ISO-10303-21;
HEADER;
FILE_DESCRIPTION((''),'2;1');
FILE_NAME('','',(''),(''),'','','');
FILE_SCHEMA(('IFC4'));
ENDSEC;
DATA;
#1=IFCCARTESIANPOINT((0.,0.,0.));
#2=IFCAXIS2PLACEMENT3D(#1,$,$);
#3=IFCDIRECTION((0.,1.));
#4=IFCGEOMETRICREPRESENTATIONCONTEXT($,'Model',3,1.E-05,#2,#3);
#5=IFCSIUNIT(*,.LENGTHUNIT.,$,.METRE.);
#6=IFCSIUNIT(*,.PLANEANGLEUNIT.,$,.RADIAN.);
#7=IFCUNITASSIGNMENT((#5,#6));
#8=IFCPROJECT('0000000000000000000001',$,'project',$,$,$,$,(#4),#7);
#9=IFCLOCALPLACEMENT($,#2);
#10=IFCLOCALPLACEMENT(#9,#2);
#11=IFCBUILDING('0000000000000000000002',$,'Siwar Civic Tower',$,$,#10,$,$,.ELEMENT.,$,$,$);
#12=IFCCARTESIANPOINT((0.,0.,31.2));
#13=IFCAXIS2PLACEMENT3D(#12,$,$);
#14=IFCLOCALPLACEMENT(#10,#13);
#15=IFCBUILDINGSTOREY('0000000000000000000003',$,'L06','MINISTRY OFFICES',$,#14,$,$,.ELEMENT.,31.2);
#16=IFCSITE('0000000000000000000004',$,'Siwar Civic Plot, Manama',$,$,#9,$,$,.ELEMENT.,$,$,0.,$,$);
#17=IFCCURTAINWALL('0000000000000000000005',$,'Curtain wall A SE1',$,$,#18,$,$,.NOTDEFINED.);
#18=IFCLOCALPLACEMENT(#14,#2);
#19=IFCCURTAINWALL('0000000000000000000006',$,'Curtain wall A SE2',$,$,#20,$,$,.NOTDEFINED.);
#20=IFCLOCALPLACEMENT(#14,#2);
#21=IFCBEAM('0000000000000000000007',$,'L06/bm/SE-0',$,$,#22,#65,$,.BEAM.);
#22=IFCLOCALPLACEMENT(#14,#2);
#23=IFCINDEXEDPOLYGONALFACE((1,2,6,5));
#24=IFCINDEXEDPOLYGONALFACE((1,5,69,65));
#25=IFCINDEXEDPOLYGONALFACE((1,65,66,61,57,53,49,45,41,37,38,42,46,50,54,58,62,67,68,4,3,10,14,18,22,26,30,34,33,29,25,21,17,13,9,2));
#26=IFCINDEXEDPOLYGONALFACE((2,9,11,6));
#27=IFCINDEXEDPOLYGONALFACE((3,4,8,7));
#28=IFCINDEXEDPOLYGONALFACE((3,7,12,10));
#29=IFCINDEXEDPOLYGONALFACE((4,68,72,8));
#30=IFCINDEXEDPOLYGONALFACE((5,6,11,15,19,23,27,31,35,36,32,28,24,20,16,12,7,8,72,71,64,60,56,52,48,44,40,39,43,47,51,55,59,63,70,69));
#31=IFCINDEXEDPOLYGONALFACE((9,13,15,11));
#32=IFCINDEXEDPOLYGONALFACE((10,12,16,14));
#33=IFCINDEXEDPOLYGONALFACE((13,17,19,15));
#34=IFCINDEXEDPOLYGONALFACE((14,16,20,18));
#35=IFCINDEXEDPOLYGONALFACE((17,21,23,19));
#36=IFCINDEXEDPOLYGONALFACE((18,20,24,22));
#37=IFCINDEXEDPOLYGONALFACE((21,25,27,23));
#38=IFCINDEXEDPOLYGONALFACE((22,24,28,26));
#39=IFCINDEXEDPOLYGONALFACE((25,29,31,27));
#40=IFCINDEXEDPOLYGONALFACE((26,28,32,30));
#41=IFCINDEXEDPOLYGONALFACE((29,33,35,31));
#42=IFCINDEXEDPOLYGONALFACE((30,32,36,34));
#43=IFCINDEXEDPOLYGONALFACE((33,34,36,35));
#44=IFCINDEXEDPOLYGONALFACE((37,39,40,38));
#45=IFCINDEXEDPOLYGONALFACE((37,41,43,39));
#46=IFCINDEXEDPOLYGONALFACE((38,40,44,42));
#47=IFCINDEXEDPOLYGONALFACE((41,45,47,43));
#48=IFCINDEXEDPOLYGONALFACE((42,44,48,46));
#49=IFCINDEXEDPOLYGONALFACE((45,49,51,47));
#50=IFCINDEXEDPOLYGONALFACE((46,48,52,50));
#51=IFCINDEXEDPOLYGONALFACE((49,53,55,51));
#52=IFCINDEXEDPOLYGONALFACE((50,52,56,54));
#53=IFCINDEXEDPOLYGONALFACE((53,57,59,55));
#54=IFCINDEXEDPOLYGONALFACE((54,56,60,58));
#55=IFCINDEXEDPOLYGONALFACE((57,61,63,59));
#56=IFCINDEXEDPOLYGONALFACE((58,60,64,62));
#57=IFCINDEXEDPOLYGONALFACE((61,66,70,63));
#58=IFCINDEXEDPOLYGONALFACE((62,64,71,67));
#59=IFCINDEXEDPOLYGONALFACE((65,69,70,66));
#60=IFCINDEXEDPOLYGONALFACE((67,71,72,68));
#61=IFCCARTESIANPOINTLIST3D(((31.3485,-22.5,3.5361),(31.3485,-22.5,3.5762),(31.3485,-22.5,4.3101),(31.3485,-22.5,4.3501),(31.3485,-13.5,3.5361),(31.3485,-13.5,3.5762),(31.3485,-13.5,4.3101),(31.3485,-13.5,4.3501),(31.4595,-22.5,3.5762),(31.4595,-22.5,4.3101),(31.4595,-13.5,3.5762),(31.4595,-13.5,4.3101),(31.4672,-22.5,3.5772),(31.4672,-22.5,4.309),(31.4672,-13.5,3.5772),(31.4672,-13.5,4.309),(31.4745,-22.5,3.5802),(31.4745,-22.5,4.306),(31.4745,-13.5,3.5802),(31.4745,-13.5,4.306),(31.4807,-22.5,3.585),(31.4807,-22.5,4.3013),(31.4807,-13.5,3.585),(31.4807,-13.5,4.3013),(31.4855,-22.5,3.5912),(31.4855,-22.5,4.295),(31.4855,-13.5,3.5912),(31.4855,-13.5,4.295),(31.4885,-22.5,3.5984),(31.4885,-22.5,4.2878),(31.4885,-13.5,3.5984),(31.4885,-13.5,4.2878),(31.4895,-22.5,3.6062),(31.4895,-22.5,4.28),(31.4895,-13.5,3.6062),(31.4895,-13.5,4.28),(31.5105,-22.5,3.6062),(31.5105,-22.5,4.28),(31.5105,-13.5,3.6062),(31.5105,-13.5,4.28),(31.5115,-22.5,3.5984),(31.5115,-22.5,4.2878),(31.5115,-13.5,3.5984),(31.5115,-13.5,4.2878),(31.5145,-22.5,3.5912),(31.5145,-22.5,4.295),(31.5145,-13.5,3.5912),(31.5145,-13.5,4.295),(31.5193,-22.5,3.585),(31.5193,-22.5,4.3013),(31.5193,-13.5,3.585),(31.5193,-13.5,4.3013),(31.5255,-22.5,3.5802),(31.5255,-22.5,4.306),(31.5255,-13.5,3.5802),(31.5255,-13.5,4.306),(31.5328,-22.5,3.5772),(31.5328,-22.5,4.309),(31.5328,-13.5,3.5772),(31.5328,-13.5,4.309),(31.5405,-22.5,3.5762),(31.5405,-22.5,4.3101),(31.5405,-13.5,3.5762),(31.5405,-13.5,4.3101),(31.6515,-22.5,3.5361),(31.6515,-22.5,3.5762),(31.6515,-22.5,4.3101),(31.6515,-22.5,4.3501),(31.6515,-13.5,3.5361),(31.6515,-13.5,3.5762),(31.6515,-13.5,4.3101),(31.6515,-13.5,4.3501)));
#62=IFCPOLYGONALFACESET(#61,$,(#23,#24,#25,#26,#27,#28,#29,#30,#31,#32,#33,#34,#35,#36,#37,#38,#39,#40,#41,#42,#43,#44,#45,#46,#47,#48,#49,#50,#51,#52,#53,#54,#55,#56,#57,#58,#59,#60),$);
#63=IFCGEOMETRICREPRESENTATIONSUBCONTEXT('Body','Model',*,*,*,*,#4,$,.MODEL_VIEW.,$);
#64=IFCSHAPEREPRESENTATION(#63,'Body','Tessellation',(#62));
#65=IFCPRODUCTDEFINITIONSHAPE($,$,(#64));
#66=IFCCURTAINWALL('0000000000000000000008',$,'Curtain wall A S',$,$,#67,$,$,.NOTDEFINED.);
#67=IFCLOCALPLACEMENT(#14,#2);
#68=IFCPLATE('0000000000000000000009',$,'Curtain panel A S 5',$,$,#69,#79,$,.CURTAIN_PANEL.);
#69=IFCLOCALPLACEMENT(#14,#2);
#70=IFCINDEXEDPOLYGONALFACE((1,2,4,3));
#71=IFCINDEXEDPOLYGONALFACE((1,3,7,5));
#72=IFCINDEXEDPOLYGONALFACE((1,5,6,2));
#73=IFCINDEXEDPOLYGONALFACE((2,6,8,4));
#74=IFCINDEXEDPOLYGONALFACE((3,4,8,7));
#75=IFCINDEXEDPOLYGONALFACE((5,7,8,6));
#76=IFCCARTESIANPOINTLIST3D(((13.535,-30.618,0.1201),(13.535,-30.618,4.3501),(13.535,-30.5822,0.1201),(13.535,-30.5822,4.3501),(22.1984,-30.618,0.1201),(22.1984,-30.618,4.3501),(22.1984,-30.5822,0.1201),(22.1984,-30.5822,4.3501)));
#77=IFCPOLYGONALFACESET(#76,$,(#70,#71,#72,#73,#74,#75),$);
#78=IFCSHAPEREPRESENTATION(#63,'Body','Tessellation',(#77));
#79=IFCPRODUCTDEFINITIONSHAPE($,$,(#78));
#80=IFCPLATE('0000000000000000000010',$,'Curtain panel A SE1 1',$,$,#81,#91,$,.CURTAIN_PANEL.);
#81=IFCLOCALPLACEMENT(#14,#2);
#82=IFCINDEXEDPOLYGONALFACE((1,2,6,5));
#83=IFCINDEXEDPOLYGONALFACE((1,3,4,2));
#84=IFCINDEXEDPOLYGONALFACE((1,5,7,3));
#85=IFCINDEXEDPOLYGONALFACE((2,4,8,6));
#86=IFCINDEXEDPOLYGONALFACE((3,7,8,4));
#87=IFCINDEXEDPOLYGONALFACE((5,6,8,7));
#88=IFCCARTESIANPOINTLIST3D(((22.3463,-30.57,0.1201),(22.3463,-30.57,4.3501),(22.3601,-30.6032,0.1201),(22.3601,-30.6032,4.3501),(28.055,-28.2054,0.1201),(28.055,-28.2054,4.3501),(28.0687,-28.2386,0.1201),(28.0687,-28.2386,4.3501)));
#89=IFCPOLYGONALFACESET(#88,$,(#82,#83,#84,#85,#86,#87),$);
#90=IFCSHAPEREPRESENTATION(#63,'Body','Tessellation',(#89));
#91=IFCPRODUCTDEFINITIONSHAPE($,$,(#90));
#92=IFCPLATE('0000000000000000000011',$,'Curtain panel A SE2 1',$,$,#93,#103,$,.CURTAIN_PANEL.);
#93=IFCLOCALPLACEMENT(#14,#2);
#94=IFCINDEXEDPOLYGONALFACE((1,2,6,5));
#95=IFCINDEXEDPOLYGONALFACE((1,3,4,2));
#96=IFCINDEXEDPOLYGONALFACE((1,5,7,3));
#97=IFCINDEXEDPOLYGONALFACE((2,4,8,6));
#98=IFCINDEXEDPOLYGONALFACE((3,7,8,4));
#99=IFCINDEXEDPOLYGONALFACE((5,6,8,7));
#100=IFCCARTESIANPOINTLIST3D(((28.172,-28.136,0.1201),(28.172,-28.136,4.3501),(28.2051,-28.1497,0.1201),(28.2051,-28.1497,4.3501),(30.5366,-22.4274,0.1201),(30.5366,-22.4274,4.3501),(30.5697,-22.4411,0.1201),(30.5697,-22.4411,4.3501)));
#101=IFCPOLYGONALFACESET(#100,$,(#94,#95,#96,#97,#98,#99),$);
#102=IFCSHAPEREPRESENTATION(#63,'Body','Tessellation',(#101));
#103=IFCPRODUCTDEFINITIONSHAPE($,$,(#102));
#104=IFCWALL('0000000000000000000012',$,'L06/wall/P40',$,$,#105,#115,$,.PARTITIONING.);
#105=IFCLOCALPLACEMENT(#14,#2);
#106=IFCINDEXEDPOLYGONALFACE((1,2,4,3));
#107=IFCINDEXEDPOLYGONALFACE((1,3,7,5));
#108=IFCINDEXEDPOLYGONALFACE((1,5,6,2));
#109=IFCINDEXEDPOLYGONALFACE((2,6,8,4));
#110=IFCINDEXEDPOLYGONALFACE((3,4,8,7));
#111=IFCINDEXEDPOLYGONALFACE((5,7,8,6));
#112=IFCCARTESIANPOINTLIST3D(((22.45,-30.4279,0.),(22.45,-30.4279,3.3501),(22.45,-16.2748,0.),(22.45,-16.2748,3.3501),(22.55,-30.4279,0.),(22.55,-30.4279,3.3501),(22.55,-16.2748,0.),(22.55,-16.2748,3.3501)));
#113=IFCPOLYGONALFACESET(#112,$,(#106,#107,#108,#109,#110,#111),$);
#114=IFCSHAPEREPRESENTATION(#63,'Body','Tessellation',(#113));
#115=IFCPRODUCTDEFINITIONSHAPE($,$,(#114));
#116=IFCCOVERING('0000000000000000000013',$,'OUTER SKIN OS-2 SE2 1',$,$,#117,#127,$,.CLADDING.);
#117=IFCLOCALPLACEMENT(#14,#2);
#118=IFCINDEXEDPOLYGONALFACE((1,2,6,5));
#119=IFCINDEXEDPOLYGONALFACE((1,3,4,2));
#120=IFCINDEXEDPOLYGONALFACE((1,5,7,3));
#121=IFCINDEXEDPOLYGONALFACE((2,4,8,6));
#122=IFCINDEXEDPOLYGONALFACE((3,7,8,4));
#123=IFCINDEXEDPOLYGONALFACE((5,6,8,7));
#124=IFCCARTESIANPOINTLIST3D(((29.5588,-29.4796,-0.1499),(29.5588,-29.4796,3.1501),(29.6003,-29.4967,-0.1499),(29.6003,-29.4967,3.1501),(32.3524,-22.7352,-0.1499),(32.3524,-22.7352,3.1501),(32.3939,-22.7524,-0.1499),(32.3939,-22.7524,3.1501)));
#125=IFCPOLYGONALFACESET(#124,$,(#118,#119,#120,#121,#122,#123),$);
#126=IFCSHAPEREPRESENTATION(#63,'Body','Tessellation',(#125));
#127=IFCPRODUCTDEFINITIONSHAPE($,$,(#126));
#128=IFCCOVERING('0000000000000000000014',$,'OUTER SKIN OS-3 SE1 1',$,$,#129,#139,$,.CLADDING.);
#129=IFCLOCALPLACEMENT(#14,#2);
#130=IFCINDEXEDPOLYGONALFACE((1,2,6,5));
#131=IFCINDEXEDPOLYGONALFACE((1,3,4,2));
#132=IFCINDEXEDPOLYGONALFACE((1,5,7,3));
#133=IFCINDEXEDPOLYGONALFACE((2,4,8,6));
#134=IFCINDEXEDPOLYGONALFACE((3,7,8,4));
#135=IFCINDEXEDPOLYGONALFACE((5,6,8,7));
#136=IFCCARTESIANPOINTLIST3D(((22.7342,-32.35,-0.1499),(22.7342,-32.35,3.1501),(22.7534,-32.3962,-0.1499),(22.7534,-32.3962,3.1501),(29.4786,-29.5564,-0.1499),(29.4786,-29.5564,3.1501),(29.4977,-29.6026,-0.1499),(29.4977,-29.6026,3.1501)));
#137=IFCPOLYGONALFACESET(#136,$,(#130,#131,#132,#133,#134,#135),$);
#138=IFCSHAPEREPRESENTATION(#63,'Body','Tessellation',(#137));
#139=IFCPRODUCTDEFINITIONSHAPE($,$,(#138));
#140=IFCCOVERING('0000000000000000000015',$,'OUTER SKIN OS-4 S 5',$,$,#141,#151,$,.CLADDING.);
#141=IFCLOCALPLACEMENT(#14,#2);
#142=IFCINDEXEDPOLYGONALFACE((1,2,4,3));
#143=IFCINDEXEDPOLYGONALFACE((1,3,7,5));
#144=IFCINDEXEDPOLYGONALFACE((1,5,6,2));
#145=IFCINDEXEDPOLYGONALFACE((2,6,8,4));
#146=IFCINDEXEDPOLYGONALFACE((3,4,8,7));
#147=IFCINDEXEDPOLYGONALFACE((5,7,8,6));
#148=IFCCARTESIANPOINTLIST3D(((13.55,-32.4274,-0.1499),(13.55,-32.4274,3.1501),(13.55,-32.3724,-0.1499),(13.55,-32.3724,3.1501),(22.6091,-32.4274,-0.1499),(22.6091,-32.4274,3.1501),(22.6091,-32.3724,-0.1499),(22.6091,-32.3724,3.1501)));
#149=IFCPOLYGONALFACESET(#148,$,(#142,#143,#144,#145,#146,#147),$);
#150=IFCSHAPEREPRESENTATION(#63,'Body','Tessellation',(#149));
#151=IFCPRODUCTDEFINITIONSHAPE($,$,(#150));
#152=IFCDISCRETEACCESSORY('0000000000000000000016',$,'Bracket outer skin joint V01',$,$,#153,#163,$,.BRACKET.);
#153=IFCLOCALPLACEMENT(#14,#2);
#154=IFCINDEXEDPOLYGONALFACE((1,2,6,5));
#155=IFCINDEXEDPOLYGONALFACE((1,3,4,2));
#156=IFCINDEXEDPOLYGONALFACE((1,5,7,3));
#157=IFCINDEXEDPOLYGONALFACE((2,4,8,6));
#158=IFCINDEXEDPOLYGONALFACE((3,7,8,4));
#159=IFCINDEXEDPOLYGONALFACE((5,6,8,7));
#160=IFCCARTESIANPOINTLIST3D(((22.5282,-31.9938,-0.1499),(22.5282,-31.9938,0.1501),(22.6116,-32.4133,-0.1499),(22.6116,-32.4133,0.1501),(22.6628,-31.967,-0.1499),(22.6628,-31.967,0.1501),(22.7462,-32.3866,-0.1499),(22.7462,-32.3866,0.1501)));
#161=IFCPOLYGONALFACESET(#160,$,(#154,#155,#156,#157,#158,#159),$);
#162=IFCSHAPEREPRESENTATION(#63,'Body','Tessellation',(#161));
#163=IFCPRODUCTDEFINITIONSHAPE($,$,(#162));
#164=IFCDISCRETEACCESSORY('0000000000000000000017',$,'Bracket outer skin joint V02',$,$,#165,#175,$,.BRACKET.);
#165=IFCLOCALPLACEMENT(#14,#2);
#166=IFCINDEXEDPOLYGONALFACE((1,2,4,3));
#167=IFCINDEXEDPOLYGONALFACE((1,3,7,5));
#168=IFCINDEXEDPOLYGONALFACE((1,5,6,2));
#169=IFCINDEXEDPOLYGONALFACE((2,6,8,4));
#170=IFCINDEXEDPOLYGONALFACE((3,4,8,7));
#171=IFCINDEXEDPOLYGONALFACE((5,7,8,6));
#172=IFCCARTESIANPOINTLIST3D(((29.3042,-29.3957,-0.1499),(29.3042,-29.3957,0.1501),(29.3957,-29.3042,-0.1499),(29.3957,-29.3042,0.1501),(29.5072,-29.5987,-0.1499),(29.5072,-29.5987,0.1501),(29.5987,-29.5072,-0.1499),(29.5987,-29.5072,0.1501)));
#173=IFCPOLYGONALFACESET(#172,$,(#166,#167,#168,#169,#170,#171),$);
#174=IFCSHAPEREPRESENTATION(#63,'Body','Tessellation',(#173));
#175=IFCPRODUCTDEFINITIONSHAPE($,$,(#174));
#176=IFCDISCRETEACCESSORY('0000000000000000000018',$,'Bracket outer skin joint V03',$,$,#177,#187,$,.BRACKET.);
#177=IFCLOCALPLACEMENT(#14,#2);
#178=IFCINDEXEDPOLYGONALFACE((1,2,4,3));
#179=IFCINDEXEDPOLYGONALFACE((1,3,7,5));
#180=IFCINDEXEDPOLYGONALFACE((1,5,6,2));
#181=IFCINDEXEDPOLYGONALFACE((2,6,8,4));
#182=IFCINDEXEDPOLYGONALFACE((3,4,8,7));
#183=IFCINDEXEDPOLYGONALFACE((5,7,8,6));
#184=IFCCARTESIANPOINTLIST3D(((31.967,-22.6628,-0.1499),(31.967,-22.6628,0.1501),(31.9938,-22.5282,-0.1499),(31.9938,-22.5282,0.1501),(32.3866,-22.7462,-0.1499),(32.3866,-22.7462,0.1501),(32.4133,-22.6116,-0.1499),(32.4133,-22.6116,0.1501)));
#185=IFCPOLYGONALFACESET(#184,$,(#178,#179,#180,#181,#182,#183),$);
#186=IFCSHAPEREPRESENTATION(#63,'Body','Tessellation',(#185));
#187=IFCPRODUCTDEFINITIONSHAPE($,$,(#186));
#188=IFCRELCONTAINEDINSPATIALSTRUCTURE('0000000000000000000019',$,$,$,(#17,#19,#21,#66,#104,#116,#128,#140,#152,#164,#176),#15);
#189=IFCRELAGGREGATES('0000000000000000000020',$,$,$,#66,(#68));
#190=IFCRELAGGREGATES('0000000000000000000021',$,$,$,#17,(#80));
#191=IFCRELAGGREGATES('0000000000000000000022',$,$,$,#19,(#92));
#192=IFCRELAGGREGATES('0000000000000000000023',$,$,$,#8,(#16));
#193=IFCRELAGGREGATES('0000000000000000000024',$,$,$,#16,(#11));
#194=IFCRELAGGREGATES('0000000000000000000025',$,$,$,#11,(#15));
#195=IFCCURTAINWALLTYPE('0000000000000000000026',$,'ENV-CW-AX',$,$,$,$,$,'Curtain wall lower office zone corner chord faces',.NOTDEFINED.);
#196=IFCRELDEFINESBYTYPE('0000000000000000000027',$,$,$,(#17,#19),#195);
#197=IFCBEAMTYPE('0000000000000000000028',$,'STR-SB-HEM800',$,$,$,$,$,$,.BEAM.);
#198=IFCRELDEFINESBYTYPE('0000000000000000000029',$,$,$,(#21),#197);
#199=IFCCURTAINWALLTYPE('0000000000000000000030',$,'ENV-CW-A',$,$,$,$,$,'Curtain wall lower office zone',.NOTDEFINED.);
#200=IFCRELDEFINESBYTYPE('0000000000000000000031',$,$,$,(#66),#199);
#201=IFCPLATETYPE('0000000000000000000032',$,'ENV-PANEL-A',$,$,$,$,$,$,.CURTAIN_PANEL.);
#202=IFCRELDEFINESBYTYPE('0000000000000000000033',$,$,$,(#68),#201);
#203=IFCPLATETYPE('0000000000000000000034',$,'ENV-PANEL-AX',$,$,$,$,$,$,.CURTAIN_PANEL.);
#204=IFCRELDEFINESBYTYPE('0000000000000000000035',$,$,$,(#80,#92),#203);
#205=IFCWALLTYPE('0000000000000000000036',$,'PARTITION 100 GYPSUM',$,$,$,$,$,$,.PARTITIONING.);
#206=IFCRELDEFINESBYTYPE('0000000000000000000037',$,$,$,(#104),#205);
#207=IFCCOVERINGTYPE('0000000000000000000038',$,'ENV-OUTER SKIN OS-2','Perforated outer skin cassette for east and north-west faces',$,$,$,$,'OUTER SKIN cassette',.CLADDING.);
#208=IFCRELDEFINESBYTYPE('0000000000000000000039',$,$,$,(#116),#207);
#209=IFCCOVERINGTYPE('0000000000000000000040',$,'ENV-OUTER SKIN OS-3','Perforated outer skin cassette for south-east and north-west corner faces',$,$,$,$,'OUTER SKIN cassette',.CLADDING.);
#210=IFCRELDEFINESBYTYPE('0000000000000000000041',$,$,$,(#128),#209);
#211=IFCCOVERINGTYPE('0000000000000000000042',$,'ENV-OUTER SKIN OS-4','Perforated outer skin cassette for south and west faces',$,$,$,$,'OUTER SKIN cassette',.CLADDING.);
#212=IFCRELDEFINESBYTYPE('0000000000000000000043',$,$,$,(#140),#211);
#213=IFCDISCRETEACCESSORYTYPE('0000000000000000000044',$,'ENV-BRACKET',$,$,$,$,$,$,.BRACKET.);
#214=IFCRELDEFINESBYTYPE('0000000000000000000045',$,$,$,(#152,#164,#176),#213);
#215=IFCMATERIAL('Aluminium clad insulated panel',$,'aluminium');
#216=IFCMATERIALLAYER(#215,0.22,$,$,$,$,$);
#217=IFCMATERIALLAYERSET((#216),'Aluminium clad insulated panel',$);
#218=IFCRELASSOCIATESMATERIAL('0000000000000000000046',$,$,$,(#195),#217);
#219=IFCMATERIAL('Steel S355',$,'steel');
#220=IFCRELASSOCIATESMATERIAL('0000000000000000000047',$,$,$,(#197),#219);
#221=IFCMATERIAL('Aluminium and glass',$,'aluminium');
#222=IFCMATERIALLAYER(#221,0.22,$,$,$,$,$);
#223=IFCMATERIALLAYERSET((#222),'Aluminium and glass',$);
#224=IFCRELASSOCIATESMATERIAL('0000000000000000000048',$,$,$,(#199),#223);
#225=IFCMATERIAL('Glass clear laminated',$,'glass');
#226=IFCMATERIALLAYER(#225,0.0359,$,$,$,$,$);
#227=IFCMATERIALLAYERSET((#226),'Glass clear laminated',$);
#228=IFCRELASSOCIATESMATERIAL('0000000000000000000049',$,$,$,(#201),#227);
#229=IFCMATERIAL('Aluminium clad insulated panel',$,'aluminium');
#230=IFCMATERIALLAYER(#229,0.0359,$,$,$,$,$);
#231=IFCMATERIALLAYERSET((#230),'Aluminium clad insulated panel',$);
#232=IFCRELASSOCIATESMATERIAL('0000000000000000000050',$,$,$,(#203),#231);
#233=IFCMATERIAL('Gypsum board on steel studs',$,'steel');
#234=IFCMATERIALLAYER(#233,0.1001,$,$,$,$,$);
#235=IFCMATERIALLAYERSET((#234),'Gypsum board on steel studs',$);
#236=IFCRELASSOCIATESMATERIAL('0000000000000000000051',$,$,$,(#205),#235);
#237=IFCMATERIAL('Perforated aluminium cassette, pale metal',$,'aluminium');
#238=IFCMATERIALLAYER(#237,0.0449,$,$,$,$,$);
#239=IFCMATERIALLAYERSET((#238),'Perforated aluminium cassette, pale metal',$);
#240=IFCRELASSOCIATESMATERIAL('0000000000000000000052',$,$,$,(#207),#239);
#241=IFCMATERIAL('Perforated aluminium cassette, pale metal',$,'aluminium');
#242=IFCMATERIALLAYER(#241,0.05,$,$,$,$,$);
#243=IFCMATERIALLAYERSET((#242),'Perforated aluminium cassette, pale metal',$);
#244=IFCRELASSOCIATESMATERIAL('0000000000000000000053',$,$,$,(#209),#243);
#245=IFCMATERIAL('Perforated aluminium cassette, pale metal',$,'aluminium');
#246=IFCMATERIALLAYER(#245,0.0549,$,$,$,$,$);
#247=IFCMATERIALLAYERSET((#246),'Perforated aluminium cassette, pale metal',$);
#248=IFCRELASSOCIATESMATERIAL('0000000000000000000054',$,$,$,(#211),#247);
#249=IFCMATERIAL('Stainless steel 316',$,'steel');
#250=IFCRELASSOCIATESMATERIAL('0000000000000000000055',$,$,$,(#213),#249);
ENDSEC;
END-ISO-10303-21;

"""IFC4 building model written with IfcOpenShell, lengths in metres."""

from ifc_helpers import new_model, si_unit, direction, frame, frame_2d, origin, origin_2d, place, context, subcontext, project, spatial, rectangle, i_section, extrude, material, layer, layer_set, material_profile, profile_set, type_object, element, aggregate, save


model = new_model("IFC4")

# Units and contexts
model_context = context("Model", 3, precision=1e-05, world=origin(), true_north=direction((0.0, 1.0)))
body_context = subcontext(model_context, "Body", "Model", "MODEL_VIEW")
ifc_project = project(units=[si_unit("LENGTHUNIT", "METRE"), si_unit("PLANEANGLEUNIT", "RADIAN")], contexts=[model_context])

# Site, building, storey
site_placement = place(None, origin())
site = spatial("IfcSite", under=ifc_project, at=site_placement, Name="Siwar Civic Plot, Manama", CompositionType="ELEMENT", RefElevation=0.0)
building_placement = place(site_placement, origin())
building = spatial("IfcBuilding", under=site, at=building_placement, Name="Siwar Civic Tower", CompositionType="ELEMENT")
storey_placement = place(building_placement, frame((0.0, 0.0, 31.2)))
storey = spatial("IfcBuildingStorey", under=building, at=storey_placement, Name="L06", Description="MINISTRY OFFICES", CompositionType="ELEMENT", Elevation=31.2)

# Curtain walls
ifc_material_1 = material(Name="Aluminium clad insulated panel", Category="aluminium")
ifc_layer_1 = layer(ifc_material_1, 0.22)
ifc_layer_set_1 = layer_set([ifc_layer_1], Name="Aluminium clad insulated panel")
curtain_wall_type_1 = type_object("IfcCurtainWallType", Name="ENV-CW-AX", ElementType="Curtain wall lower office zone corner chord faces", PredefinedType="NOTDEFINED", material=ifc_layer_set_1)
curtain_wall_1_placement = place(storey_placement, origin())
curtain_wall_1 = element("IfcCurtainWall", 1, at=curtain_wall_1_placement, inside=storey, type_object=curtain_wall_type_1, Name="Curtain wall A SE1", PredefinedType="NOTDEFINED")
curtain_wall_2_placement = place(storey_placement, origin())
curtain_wall_2 = element("IfcCurtainWall", 2, at=curtain_wall_2_placement, inside=storey, type_object=curtain_wall_type_1, Name="Curtain wall A SE2", PredefinedType="NOTDEFINED")

# Beam
ifc_material_2 = material(Name="Steel S355", Category="steel")
ifc_material_profile_1 = material_profile(ifc_material_2, i_section(OverallWidth=0.303, OverallDepth=0.814, WebThickness=0.021, FlangeThickness=0.04, FilletRadius=0.03, at=origin_2d()), Name="HEM800")
ifc_profile_set_1 = profile_set([ifc_material_profile_1], Name="Steel S355")
beam_type_1 = type_object("IfcBeamType", Name="STR-SB-HEM800", PredefinedType="BEAM", material=ifc_profile_set_1)
beam_1_placement = place(storey_placement, frame((31.5, -22.5, 3.9431), z_axis=(0.0, 1.0, 0.0), x_axis=(-1.0, 0.0, 0.0)))
element("IfcBeam", 3, at=beam_1_placement, inside=storey, type_object=beam_type_1, Name="L06/bm/SE-0", PredefinedType="BEAM", context=body_context, shape_type="SweptSolid", body=[
    extrude(i_section(OverallWidth=0.303, OverallDepth=0.814, WebThickness=0.021, FlangeThickness=0.04, FilletRadius=0.03, at=origin_2d()), origin(), (0.0, 0.0, 1.0), 9.0),
])

# Curtain wall, plate
ifc_material_3 = material(Name="Aluminium and glass", Category="aluminium")
ifc_layer_2 = layer(ifc_material_3, 0.22)
ifc_layer_set_2 = layer_set([ifc_layer_2], Name="Aluminium and glass")
curtain_wall_type_2 = type_object("IfcCurtainWallType", Name="ENV-CW-A", ElementType="Curtain wall lower office zone", PredefinedType="NOTDEFINED", material=ifc_layer_set_2)
curtain_wall_3_placement = place(storey_placement, origin())
curtain_wall_3 = element("IfcCurtainWall", 4, at=curtain_wall_3_placement, inside=storey, type_object=curtain_wall_type_2, Name="Curtain wall A S", PredefinedType="NOTDEFINED")
ifc_material_4 = material(Name="Glass clear laminated", Category="glass")
ifc_layer_3 = layer(ifc_material_4, 0.0359)
ifc_layer_set_3 = layer_set([ifc_layer_3], Name="Glass clear laminated")
plate_type_1 = type_object("IfcPlateType", Name="ENV-PANEL-A", PredefinedType="CURTAIN_PANEL", material=ifc_layer_set_3)
plate_1_placement = place(storey_placement, frame((17.8667, -30.6001, 0.1201), z_axis=(0.0, 0.0, 1.0), x_axis=(1.0, 0.0, 0.0)))
plate_1 = element("IfcPlate", 5, at=plate_1_placement, type_object=plate_type_1, Name="Curtain panel A S 5", PredefinedType="CURTAIN_PANEL", context=body_context, shape_type="SweptSolid", body=[
    extrude(rectangle(XDim=8.6633, YDim=0.0359, at=origin_2d()), origin(), (0.0, 0.0, 1.0), 4.23),
])
aggregate(curtain_wall_3, [plate_1])

# Plates
ifc_material_5 = material(Name="Aluminium clad insulated panel", Category="aluminium")
ifc_layer_4 = layer(ifc_material_5, 0.0359)
ifc_layer_set_4 = layer_set([ifc_layer_4], Name="Aluminium clad insulated panel")
plate_type_2 = type_object("IfcPlateType", Name="ENV-PANEL-AX", PredefinedType="CURTAIN_PANEL", material=ifc_layer_set_4)
plate_2_placement = place(storey_placement, frame((25.2075, -29.4043, 0.1201), z_axis=(0.0, 0.0, 1.0), x_axis=(0.92388, 0.382683, 0.0)))
plate_2 = element("IfcPlate", 6, at=plate_2_placement, type_object=plate_type_2, Name="Curtain panel A SE1 1", PredefinedType="CURTAIN_PANEL", context=body_context, shape_type="SweptSolid", body=[
    extrude(rectangle(XDim=6.179, YDim=0.0359, at=origin_2d()), origin(), (0.0, 0.0, 1.0), 4.23),
])
aggregate(curtain_wall_1, [plate_2])
plate_3_placement = place(storey_placement, frame((29.3708, -25.2886, 0.1201), z_axis=(0.0, 0.0, 1.0), x_axis=(0.382683, 0.92388, 0.0)))
plate_3 = element("IfcPlate", 7, at=plate_3_placement, type_object=plate_type_2, Name="Curtain panel A SE2 1", PredefinedType="CURTAIN_PANEL", context=body_context, shape_type="SweptSolid", body=[
    extrude(rectangle(XDim=6.179, YDim=0.0359, at=origin_2d()), origin(), (0.0, 0.0, 1.0), 4.23),
])
aggregate(curtain_wall_2, [plate_3])

# Wall
ifc_material_6 = material(Name="Gypsum board on steel studs", Category="steel")
ifc_layer_5 = layer(ifc_material_6, 0.1001)
ifc_layer_set_5 = layer_set([ifc_layer_5], Name="Gypsum board on steel studs")
wall_type = type_object("IfcWallType", Name="PARTITION 100 GYPSUM", PredefinedType="PARTITIONING", material=ifc_layer_set_5)
wall_placement = place(storey_placement, frame((22.5, -30.428, 0.0), z_axis=(0.0, 0.0, 1.0), x_axis=(0.0, 1.0, 0.0)))
element("IfcWall", 8, at=wall_placement, inside=storey, type_object=wall_type, Name="L06/wall/P40", PredefinedType="PARTITIONING", context=body_context, shape_type="SweptSolid", body=[
    extrude(rectangle(XDim=14.1531, YDim=0.1001, at=frame_2d((7.0767, 0.0))), origin(), (0.0, 0.0, 1.0), 3.3501),
])

# Coverings
ifc_material_7 = material(Name="Perforated aluminium cassette, pale metal", Category="aluminium")
ifc_layer_6 = layer(ifc_material_7, 0.0449)
ifc_layer_set_6 = layer_set([ifc_layer_6], Name="Perforated aluminium cassette, pale metal")
covering_type_1 = type_object("IfcCoveringType", Name="ENV-OUTER SKIN OS-2", Description="Perforated outer skin cassette for east and north-west faces", ElementType="OUTER SKIN cassette", PredefinedType="CLADDING", material=ifc_layer_set_6)
covering_1_placement = place(storey_placement, frame((30.9763, -26.116, -0.1499), z_axis=(0.0, 0.0, 1.0), x_axis=(0.382683, 0.92388, 0.0)))
element("IfcCovering", 9, at=covering_1_placement, inside=storey, type_object=covering_type_1, Name="OUTER SKIN OS-2 SE2 1", PredefinedType="CLADDING", context=body_context, shape_type="SweptSolid", body=[
    extrude(rectangle(XDim=7.3, YDim=0.0449, at=origin_2d()), origin(), (0.0, 0.0, 1.0), 3.3),
])
ifc_material_8 = material(Name="Perforated aluminium cassette, pale metal", Category="aluminium")
ifc_layer_7 = layer(ifc_material_8, 0.05)
ifc_layer_set_7 = layer_set([ifc_layer_7], Name="Perforated aluminium cassette, pale metal")
covering_type_2 = type_object("IfcCoveringType", Name="ENV-OUTER SKIN OS-3", Description="Perforated outer skin cassette for south-east and north-west corner faces", ElementType="OUTER SKIN cassette", PredefinedType="CLADDING", material=ifc_layer_set_7)
covering_2_placement = place(storey_placement, frame((26.116, -30.9763, -0.1499), z_axis=(0.0, 0.0, 1.0), x_axis=(0.92388, 0.382683, 0.0)))
element("IfcCovering", 10, at=covering_2_placement, inside=storey, type_object=covering_type_2, Name="OUTER SKIN OS-3 SE1 1", PredefinedType="CLADDING", context=body_context, shape_type="SweptSolid", body=[
    extrude(rectangle(XDim=7.3, YDim=0.05, at=origin_2d()), origin(), (0.0, 0.0, 1.0), 3.3),
])
ifc_material_9 = material(Name="Perforated aluminium cassette, pale metal", Category="aluminium")
ifc_layer_8 = layer(ifc_material_9, 0.0549)
ifc_layer_set_8 = layer_set([ifc_layer_8], Name="Perforated aluminium cassette, pale metal")
covering_type_3 = type_object("IfcCoveringType", Name="ENV-OUTER SKIN OS-4", Description="Perforated outer skin cassette for south and west faces", ElementType="OUTER SKIN cassette", PredefinedType="CLADDING", material=ifc_layer_set_8)
covering_3_placement = place(storey_placement, frame((18.0796, -32.3999, -0.1499), z_axis=(0.0, 0.0, 1.0), x_axis=(1.0, 0.0, 0.0)))
element("IfcCovering", 11, at=covering_3_placement, inside=storey, type_object=covering_type_3, Name="OUTER SKIN OS-4 S 5", PredefinedType="CLADDING", context=body_context, shape_type="SweptSolid", body=[
    extrude(rectangle(XDim=9.0591, YDim=0.0549, at=origin_2d()), origin(), (0.0, 0.0, 1.0), 3.3),
])

# Discrete accessories
ifc_material_10 = material(Name="Stainless steel 316", Category="steel")
discrete_accessory_type = type_object("IfcDiscreteAccessoryType", Name="ENV-BRACKET", PredefinedType="BRACKET", material=ifc_material_10)
discrete_accessory_1_placement = place(storey_placement, frame((22.6372, -32.1902, -0.1499), z_axis=(0.0, 0.0, 1.0), x_axis=(0.19509, -0.980785, 0.0)))
element("IfcDiscreteAccessory", 12, at=discrete_accessory_1_placement, inside=storey, type_object=discrete_accessory_type, Name="Bracket outer skin joint V01", PredefinedType="BRACKET", context=body_context, shape_type="SweptSolid", body=[
    extrude(rectangle(XDim=0.4277, YDim=0.1372, at=origin_2d()), origin(), (0.0, 0.0, 1.0), 0.3),
])
discrete_accessory_2_placement = place(storey_placement, frame((29.4514, -29.4514, -0.1499), z_axis=(0.0, 0.0, 1.0), x_axis=(0.707107, -0.707107, 0.0)))
element("IfcDiscreteAccessory", 13, at=discrete_accessory_2_placement, inside=storey, type_object=discrete_accessory_type, Name="Bracket outer skin joint V02", PredefinedType="BRACKET", context=body_context, shape_type="SweptSolid", body=[
    extrude(rectangle(XDim=0.2871, YDim=0.1294, at=origin_2d()), origin(), (0.0, 0.0, 1.0), 0.3),
])
discrete_accessory_3_placement = place(storey_placement, frame((32.1902, -22.6372, -0.1499), z_axis=(0.0, 0.0, 1.0), x_axis=(0.980785, -0.19509, 0.0)))
element("IfcDiscreteAccessory", 14, at=discrete_accessory_3_placement, inside=storey, type_object=discrete_accessory_type, Name="Bracket outer skin joint V03", PredefinedType="BRACKET", context=body_context, shape_type="SweptSolid", body=[
    extrude(rectangle(XDim=0.4277, YDim=0.1372, at=origin_2d()), origin(), (0.0, 0.0, 1.0), 0.3),
])

save(model, "model.ifc")
